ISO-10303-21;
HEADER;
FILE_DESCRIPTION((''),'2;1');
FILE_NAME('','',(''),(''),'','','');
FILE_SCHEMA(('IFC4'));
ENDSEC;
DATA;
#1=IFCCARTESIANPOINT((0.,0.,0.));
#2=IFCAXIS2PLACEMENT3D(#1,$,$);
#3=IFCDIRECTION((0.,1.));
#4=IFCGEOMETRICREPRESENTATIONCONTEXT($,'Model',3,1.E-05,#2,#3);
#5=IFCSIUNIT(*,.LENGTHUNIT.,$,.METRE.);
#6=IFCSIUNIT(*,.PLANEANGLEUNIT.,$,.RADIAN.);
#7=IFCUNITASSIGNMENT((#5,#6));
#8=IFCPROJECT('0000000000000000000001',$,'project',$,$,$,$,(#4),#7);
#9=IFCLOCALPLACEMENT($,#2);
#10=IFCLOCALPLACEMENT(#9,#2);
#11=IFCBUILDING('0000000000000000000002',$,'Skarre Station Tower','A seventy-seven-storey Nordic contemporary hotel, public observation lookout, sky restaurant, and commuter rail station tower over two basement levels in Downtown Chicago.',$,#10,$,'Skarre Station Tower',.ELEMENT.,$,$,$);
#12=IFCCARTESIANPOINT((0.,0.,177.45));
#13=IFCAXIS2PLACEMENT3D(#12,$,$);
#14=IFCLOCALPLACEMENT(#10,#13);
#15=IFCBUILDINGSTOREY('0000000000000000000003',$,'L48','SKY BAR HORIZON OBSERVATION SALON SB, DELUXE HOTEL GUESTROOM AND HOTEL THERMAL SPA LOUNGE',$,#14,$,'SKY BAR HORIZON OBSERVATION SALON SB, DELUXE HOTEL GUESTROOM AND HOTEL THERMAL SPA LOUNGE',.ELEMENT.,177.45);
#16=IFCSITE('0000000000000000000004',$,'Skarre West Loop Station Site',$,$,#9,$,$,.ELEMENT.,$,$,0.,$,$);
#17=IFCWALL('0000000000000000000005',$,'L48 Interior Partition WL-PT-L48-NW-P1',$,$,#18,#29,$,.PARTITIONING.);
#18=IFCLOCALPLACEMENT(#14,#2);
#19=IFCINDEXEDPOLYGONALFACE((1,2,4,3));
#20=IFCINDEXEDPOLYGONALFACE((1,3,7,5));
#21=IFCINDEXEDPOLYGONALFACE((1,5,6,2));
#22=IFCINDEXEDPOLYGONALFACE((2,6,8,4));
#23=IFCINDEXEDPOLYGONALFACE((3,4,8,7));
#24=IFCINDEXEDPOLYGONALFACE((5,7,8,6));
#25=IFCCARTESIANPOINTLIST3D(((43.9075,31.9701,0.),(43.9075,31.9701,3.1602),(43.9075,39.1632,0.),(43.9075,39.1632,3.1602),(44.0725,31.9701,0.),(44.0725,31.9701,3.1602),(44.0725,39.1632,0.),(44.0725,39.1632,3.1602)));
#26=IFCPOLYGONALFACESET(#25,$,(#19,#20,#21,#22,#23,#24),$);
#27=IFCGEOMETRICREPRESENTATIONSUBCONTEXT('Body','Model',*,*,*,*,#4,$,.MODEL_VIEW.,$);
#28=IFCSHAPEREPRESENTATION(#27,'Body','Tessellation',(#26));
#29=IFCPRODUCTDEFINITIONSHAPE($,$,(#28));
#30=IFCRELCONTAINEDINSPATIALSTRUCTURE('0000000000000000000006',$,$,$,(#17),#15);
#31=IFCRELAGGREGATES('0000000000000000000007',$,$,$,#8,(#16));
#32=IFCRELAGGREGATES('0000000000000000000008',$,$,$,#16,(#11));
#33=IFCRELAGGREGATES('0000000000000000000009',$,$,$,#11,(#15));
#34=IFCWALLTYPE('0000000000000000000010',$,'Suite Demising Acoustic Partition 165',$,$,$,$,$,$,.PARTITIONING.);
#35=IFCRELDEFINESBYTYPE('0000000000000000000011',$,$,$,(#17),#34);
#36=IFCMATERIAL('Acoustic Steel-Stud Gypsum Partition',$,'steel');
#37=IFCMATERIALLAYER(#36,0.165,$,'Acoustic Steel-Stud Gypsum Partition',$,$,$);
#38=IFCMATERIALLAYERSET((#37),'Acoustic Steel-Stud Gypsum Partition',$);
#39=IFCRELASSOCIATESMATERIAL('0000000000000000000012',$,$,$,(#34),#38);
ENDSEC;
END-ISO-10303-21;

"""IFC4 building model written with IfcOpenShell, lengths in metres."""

from ifc_helpers import new_model, si_unit, direction, frame, frame_2d, origin, place, context, subcontext, project, spatial, rectangle, extrude, material, layer, layer_set, type_object, element, save


model = new_model("IFC4")

# Units and contexts
model_context = context("Model", 3, precision=1e-05, world=origin(), true_north=direction((0.0, 1.0)))
body_context = subcontext(model_context, "Body", "Model", "MODEL_VIEW")
ifc_project = project(units=[si_unit("LENGTHUNIT", "METRE"), si_unit("PLANEANGLEUNIT", "RADIAN")], contexts=[model_context])

# Site, building, storey
site_placement = place(None, origin())
site = spatial("IfcSite", under=ifc_project, at=site_placement, Name="Skarre West Loop Station Site", CompositionType="ELEMENT", RefElevation=0.0)
building_placement = place(site_placement, origin())
building = spatial("IfcBuilding", under=site, at=building_placement, Name="Skarre Station Tower", Description="A seventy-seven-storey Nordic contemporary hotel, public observation lookout, sky restaurant, and commuter rail station tower over two basement levels in Downtown Chicago.", LongName="Skarre Station Tower", CompositionType="ELEMENT")
storey_placement = place(building_placement, frame((0.0, 0.0, 177.45)))
storey = spatial("IfcBuildingStorey", under=building, at=storey_placement, Name="L48", Description="SKY BAR HORIZON OBSERVATION SALON SB, DELUXE HOTEL GUESTROOM AND HOTEL THERMAL SPA LOUNGE", LongName="SKY BAR HORIZON OBSERVATION SALON SB, DELUXE HOTEL GUESTROOM AND HOTEL THERMAL SPA LOUNGE", CompositionType="ELEMENT", Elevation=177.45)

# Shared definitions
ifc_material_1 = material(Name="Acoustic Steel-Stud Gypsum Partition", Category="steel")

# Wall
ifc_layer_1 = layer(ifc_material_1, 0.165, Name="Acoustic Steel-Stud Gypsum Partition")
ifc_layer_set_1 = layer_set([ifc_layer_1], Name="Acoustic Steel-Stud Gypsum Partition")
wall_type_1 = type_object("IfcWallType", Name="Suite Demising Acoustic Partition 165", PredefinedType="PARTITIONING", material=ifc_layer_set_1)
wall_1_placement = place(storey_placement, frame((43.99, 31.97, 0.0), z_axis=(0.0, 0.0, 1.0), x_axis=(0.0, 1.0, 0.0)))
element("IfcWall", 1, at=wall_1_placement, inside=storey, type_object=wall_type_1, Name="L48 Interior Partition WL-PT-L48-NW-P1", PredefinedType="PARTITIONING", context=body_context, shape_type="SweptSolid", body=[
    extrude(rectangle(XDim=7.1931, YDim=0.165, at=frame_2d((3.5967, 0.0))), origin(), (0.0, 0.0, 1.0), 3.1602),
])

save(model, "model.ifc")
